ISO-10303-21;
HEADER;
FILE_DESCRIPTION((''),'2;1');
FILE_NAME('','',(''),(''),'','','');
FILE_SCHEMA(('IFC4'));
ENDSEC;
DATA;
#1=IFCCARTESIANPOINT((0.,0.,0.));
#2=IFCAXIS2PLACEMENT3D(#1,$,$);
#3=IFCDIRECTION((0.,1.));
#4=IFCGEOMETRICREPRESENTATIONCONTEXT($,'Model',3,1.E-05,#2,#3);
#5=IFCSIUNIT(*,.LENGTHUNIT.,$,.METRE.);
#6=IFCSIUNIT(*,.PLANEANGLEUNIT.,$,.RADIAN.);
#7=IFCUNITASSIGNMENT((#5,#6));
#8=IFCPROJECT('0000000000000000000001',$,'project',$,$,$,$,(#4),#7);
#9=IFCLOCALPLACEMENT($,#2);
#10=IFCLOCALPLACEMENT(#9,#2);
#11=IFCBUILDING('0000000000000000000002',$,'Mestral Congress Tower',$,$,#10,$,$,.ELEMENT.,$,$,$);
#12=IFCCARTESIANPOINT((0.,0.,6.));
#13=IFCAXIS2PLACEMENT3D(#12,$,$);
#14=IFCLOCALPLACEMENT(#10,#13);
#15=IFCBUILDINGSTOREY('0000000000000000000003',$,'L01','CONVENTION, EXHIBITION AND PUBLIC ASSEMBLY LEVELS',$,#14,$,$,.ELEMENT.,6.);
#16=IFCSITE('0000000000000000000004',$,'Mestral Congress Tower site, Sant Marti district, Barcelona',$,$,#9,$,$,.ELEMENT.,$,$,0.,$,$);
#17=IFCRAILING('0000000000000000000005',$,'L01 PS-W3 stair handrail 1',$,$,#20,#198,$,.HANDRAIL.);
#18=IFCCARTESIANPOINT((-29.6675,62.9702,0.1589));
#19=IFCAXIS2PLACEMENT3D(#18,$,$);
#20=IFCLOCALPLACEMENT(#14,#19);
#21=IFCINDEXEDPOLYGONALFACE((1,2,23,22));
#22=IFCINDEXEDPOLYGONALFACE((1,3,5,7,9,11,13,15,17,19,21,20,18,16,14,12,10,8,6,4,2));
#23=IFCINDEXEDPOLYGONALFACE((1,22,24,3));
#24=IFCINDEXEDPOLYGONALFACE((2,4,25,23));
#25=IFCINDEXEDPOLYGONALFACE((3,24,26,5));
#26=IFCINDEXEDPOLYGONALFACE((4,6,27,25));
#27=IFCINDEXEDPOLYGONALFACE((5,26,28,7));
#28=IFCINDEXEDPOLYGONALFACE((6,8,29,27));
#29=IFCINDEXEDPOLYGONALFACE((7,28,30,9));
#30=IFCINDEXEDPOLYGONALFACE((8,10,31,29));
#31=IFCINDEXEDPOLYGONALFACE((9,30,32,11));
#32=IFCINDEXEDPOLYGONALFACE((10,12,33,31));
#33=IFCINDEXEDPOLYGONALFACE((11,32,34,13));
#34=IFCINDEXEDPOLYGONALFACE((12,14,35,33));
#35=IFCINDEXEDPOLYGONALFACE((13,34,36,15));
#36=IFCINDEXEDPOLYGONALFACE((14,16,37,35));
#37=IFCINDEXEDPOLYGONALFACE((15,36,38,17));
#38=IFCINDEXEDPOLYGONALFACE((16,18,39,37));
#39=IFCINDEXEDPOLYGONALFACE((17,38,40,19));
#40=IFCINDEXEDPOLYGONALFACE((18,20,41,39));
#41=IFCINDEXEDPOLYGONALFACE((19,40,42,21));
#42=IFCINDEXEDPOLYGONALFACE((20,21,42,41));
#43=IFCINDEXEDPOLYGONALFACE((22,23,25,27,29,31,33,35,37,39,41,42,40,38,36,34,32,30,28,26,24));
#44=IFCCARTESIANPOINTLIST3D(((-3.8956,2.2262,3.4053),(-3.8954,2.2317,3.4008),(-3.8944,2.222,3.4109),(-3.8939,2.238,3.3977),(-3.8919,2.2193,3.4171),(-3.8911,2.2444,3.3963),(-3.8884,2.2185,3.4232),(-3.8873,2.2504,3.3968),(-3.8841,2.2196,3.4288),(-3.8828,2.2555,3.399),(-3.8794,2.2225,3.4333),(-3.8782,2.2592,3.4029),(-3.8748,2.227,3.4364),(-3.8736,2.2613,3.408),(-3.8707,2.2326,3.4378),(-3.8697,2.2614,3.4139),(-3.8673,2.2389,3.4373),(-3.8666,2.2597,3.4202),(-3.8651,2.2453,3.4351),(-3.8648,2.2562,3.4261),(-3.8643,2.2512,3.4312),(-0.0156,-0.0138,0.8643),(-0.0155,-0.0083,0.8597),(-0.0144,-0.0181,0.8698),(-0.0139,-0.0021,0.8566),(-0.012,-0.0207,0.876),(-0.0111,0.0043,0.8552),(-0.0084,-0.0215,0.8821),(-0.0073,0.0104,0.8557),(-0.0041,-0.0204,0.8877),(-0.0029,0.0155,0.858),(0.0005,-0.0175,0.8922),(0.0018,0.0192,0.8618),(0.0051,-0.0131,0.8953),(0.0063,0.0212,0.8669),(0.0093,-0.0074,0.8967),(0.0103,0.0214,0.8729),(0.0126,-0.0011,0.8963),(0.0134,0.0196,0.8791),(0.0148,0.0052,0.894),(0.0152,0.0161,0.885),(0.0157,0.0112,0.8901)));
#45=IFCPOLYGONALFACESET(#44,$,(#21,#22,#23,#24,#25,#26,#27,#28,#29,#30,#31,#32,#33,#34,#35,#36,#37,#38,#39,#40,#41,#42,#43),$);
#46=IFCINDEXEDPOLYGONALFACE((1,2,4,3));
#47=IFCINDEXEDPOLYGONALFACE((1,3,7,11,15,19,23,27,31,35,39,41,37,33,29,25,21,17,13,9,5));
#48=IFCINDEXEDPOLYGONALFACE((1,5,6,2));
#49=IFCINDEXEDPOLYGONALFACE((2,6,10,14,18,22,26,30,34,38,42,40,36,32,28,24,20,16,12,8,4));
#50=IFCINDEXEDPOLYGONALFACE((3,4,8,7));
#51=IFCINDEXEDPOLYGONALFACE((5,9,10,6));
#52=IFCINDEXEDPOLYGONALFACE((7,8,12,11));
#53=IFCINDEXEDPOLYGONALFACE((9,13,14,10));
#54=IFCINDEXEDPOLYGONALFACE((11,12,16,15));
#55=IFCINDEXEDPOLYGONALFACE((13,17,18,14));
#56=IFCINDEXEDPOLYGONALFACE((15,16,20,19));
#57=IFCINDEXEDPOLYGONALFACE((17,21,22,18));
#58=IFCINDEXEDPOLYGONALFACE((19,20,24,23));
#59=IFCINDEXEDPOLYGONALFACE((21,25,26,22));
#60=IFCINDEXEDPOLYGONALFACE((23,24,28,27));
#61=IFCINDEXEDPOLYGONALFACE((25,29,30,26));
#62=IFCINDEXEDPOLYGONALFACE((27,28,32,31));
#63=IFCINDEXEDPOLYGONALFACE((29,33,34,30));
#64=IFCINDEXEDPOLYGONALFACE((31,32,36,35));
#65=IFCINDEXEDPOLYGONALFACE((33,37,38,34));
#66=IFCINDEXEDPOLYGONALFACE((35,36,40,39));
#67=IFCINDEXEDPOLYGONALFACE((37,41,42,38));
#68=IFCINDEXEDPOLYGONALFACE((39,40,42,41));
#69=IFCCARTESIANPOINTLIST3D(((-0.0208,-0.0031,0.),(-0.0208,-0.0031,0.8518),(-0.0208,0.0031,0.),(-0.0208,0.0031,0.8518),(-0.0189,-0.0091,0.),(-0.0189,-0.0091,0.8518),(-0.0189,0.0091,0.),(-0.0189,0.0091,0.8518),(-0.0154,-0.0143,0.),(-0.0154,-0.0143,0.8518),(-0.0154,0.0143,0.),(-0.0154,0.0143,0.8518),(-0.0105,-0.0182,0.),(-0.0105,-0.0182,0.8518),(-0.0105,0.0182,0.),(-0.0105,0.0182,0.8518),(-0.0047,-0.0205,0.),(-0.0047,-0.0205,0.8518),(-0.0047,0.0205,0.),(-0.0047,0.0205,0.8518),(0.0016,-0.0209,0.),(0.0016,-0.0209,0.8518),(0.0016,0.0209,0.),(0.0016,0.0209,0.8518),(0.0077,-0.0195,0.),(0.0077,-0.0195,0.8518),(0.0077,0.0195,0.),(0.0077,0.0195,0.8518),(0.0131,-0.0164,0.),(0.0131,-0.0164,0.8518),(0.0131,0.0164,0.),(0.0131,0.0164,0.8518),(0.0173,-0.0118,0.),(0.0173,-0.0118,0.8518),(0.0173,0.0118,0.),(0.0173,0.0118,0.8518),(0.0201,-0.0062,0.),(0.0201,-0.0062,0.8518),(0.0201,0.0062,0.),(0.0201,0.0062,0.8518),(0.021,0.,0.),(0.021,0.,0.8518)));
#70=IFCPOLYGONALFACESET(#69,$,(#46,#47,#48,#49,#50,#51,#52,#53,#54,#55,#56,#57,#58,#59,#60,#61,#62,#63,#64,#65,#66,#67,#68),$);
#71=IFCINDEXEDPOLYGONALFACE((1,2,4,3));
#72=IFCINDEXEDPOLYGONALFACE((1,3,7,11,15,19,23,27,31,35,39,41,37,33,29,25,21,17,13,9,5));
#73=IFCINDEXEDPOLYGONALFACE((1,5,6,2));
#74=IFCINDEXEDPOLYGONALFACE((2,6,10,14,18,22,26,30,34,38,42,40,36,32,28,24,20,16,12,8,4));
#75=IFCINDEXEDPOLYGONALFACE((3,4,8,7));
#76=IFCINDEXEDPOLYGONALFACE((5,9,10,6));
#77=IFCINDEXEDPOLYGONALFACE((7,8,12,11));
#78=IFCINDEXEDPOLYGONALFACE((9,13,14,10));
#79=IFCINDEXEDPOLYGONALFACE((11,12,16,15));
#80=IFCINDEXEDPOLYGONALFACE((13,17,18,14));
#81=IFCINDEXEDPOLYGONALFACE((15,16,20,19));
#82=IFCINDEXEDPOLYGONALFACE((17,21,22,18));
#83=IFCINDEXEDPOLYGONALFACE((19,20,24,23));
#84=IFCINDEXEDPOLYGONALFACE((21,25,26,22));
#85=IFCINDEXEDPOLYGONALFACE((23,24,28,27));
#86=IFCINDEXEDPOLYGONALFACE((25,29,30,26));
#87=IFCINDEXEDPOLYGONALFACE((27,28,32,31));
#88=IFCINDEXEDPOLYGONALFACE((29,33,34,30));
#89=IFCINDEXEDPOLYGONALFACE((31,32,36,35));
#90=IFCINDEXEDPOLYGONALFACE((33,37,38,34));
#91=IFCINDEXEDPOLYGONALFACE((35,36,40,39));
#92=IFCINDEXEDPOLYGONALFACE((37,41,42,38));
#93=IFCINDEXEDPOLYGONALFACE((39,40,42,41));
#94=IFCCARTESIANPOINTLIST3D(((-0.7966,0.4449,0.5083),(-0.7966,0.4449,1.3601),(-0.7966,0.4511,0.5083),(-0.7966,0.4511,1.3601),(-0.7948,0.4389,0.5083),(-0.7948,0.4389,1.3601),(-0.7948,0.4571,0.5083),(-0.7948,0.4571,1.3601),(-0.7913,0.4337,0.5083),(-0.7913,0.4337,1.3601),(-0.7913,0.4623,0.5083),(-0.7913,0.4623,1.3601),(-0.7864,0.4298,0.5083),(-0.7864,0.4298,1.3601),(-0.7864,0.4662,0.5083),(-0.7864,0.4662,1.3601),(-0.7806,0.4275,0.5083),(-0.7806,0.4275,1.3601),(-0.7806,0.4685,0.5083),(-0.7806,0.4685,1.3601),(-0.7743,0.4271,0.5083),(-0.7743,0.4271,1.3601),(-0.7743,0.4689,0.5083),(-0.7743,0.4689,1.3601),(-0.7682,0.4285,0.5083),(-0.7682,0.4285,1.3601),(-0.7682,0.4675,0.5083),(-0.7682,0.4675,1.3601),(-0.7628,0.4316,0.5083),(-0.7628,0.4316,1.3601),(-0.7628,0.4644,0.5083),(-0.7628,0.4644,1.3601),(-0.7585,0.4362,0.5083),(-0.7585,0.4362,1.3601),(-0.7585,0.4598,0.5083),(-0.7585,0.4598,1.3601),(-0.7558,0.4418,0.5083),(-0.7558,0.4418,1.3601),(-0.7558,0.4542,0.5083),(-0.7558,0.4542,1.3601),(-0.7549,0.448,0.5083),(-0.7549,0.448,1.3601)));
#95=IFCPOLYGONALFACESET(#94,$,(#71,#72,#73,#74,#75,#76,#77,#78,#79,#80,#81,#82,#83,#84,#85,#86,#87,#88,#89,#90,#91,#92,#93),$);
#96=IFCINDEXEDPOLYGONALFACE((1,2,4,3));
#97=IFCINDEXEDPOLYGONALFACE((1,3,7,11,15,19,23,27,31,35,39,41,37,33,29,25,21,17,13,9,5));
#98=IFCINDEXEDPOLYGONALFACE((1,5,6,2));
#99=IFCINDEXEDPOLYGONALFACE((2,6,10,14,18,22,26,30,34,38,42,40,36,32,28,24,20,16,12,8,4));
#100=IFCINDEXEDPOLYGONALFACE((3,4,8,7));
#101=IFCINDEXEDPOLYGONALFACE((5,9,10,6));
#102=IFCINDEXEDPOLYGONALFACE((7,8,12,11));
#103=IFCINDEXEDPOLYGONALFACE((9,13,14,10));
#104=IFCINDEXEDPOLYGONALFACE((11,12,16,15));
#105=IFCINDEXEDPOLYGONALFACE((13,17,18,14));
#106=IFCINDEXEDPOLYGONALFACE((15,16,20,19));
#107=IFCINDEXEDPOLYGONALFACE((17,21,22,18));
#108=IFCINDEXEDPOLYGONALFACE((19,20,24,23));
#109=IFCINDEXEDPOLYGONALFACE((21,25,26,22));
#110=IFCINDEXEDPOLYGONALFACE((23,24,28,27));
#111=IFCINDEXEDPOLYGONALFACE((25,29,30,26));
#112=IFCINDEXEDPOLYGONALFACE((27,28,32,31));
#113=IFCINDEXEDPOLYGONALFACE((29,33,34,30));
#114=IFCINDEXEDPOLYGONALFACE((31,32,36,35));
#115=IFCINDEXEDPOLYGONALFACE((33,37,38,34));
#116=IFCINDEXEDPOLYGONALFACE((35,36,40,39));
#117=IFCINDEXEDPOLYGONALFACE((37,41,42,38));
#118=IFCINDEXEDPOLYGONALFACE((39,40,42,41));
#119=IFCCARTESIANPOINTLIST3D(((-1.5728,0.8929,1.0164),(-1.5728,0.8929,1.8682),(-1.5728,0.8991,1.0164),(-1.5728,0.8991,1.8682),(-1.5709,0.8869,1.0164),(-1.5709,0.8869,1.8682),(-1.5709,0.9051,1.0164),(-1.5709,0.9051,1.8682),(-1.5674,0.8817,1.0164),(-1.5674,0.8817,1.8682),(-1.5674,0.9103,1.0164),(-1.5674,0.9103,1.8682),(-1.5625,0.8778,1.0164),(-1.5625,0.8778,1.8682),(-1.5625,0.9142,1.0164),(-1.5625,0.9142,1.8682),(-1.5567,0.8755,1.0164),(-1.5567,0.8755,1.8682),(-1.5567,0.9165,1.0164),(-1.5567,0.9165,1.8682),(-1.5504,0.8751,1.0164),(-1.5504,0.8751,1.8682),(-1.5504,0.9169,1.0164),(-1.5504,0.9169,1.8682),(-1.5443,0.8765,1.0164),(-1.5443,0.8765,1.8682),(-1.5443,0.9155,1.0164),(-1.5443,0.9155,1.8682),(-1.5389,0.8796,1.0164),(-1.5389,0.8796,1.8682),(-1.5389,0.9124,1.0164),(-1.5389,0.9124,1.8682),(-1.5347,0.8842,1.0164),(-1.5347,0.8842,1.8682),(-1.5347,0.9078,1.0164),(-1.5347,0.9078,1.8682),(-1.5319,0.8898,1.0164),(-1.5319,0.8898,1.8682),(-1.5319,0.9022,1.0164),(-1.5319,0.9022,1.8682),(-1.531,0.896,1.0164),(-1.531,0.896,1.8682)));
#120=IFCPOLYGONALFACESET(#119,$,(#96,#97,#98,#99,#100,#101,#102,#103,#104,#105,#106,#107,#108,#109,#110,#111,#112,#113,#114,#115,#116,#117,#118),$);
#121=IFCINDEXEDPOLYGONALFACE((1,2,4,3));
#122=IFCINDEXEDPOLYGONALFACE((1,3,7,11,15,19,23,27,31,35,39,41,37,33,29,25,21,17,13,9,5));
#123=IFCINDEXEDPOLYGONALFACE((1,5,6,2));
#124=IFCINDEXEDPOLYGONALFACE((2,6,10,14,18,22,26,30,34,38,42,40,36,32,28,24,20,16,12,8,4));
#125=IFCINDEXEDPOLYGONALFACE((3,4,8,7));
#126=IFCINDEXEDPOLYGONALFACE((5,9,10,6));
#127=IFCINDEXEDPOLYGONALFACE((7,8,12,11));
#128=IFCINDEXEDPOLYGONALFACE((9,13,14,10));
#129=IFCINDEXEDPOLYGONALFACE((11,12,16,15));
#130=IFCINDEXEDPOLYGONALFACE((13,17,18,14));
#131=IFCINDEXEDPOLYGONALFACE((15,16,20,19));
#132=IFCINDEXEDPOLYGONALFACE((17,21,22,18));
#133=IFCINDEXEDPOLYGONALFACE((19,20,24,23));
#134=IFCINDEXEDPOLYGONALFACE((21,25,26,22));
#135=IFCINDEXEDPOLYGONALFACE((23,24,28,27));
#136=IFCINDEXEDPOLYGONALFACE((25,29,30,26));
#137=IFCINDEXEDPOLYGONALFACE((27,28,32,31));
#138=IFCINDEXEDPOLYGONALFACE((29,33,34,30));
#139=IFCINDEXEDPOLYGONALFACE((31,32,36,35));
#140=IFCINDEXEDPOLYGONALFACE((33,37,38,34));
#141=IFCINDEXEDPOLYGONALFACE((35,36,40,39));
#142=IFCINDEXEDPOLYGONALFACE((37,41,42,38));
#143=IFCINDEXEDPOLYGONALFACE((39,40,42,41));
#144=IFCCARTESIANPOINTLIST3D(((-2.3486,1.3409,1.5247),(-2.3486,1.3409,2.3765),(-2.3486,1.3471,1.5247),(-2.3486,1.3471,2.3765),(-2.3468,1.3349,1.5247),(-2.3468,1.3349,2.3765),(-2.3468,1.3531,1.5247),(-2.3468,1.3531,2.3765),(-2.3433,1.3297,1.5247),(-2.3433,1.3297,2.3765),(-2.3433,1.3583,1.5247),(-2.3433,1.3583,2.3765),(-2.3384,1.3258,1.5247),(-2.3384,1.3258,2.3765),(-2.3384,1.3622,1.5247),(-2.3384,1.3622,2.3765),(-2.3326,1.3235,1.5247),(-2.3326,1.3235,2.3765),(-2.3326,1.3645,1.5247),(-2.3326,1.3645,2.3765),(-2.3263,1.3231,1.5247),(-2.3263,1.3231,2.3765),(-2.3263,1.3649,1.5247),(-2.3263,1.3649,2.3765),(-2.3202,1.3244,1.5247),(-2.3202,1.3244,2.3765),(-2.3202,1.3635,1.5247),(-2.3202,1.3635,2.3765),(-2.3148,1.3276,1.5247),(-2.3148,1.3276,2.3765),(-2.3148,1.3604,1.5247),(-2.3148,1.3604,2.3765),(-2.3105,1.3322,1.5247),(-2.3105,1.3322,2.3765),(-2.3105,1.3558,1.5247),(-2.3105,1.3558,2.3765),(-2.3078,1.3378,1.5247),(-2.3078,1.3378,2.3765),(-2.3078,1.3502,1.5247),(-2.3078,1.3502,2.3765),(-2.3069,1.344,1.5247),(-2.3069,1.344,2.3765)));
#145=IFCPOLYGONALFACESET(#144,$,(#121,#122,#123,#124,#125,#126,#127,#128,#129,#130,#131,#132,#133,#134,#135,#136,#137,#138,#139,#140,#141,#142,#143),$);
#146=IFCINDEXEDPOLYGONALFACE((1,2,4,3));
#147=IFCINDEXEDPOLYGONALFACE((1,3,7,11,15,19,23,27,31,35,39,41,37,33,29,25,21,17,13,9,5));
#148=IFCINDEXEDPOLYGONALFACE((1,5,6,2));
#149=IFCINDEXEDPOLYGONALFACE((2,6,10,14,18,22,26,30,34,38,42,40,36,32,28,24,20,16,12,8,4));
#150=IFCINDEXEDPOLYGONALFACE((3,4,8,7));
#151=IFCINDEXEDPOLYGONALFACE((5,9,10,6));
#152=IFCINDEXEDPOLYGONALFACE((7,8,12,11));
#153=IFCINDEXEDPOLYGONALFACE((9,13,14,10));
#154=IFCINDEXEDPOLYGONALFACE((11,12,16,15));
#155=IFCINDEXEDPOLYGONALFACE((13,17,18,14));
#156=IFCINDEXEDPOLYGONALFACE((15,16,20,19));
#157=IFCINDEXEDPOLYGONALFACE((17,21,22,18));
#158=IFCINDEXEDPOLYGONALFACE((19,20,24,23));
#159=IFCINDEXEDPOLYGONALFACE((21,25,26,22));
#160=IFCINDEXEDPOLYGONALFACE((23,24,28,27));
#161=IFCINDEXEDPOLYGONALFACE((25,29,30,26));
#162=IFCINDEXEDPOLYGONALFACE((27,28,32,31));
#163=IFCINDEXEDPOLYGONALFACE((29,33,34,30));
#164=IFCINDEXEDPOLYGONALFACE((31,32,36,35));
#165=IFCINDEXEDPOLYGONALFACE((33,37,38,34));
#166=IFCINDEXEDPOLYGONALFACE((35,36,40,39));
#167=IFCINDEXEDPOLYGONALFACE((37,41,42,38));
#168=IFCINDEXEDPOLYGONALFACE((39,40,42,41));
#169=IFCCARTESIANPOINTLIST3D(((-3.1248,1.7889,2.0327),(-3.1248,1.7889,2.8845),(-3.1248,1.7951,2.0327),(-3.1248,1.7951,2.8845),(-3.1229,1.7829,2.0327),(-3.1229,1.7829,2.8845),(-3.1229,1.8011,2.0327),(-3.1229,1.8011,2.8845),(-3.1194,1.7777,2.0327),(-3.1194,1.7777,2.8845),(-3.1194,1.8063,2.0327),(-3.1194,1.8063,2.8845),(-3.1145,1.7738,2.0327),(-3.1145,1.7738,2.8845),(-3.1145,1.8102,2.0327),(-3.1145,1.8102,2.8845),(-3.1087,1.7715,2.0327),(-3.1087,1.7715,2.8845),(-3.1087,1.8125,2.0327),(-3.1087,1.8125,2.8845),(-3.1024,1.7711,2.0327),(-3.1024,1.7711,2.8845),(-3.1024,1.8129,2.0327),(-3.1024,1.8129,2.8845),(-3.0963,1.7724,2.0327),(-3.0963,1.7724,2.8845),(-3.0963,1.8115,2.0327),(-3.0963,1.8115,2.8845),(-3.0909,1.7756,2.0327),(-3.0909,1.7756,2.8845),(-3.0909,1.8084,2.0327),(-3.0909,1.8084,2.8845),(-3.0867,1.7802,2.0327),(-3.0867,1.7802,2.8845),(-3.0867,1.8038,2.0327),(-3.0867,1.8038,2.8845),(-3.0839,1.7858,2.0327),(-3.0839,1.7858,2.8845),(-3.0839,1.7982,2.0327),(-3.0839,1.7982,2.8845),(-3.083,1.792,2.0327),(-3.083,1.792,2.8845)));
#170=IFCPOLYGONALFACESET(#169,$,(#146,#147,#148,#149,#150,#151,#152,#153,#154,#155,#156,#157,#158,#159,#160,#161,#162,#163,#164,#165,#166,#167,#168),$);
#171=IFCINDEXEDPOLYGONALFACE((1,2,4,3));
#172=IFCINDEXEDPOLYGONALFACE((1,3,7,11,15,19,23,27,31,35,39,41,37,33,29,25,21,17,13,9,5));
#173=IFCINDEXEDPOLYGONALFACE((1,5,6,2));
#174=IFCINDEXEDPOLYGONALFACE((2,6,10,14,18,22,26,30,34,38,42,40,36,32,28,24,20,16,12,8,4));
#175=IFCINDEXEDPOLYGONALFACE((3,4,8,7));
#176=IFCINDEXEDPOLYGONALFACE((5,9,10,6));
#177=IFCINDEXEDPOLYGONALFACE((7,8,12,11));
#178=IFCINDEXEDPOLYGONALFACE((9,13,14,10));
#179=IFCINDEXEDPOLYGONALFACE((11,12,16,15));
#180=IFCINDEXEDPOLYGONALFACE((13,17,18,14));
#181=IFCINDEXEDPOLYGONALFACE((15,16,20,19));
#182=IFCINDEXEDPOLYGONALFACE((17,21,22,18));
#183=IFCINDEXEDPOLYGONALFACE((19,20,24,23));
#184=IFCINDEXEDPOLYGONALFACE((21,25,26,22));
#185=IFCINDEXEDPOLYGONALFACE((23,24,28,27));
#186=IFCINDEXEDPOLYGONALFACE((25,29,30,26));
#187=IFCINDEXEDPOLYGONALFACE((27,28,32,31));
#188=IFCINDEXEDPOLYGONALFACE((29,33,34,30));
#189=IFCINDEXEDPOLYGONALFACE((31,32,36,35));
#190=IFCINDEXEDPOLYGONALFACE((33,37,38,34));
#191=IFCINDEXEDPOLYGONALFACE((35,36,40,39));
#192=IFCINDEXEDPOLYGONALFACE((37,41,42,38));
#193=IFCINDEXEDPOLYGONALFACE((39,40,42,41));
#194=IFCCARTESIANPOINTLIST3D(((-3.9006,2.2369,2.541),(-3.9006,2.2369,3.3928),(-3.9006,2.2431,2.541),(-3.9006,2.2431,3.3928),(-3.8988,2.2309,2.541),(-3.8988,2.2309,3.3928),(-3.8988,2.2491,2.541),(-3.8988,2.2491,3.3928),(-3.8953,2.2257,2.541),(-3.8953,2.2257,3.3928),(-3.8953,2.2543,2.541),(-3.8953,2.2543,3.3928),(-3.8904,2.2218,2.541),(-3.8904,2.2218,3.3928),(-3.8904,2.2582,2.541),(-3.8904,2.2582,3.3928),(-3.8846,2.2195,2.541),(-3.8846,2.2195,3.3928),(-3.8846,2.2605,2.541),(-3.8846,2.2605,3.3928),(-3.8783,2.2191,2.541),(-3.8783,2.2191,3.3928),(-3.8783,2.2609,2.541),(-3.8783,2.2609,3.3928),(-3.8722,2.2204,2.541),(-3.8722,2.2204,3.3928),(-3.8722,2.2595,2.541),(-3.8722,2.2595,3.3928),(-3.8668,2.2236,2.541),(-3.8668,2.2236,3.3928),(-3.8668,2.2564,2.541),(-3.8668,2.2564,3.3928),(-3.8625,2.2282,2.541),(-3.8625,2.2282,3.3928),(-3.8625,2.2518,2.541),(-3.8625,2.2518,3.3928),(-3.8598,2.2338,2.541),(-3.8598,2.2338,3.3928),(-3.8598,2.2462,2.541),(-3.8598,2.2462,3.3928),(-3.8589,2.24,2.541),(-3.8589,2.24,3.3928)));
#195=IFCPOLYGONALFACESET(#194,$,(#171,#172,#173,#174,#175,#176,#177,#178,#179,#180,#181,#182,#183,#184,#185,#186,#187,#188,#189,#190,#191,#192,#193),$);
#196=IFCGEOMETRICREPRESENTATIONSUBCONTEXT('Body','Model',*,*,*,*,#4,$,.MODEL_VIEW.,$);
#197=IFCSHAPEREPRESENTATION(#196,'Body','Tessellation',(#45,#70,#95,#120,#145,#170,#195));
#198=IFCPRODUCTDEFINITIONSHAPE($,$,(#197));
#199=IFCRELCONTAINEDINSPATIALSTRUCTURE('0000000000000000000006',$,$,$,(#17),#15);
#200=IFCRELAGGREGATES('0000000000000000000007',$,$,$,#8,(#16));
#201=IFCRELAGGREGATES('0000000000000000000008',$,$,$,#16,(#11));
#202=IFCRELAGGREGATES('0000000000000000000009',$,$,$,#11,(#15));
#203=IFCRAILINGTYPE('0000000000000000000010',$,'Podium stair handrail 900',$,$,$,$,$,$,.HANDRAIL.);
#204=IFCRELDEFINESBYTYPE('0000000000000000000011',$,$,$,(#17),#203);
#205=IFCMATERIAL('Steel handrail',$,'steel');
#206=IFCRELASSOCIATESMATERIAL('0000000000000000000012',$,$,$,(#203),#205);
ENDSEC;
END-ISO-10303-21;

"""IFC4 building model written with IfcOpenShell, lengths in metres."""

from ifc_helpers import new_model, si_unit, direction, frame, origin, origin_2d, place, context, subcontext, project, spatial, circle, extrude, material, type_object, element, save


model = new_model("IFC4")

# Units and contexts
model_context = context("Model", 3, precision=1e-05, world=origin(), true_north=direction((0.0, 1.0)))
body_context = subcontext(model_context, "Body", "Model", "MODEL_VIEW")
ifc_project = project(units=[si_unit("LENGTHUNIT", "METRE"), si_unit("PLANEANGLEUNIT", "RADIAN")], contexts=[model_context])

# Site, building, storey
site_placement = place(None, origin())
site = spatial("IfcSite", under=ifc_project, at=site_placement, Name="Mestral Congress Tower site, Sant Marti district, Barcelona", CompositionType="ELEMENT", RefElevation=0.0)
building_placement = place(site_placement, origin())
building = spatial("IfcBuilding", under=site, at=building_placement, Name="Mestral Congress Tower", CompositionType="ELEMENT")
storey_placement = place(building_placement, frame((0.0, 0.0, 6.0)))
storey = spatial("IfcBuildingStorey", under=building, at=storey_placement, Name="L01", Description="CONVENTION, EXHIBITION AND PUBLIC ASSEMBLY LEVELS", CompositionType="ELEMENT", Elevation=6.0)

# Railing
ifc_material_1 = material(Name="Steel handrail", Category="steel")
railing_type_1 = type_object("IfcRailingType", Name="Podium stair handrail 900", PredefinedType="HANDRAIL", material=ifc_material_1)
railing_1_placement = place(storey_placement, frame((-29.6675, 62.9702, 0.1589)))
element("IfcRailing", 1, at=railing_1_placement, inside=storey, type_object=railing_type_1, Name="L01 PS-W3 stair handrail 1", PredefinedType="HANDRAIL", context=body_context, shape_type="SweptSolid", body=[
    extrude(circle(Radius=0.0239, at=origin_2d()), frame((0.0, 0.0, 0.876), z_axis=(-0.7533, 0.434906, 0.493352), x_axis=(-0.49999, -0.866031, 0.0)), (0.0, 0.0, 1.0), 5.1506),
    extrude(circle(Radius=0.021, at=origin_2d()), origin(), (0.0, 0.0, 1.0), 0.8518),
    extrude(circle(Radius=0.021, at=origin_2d()), frame((-0.7759, 0.448, 0.5083)), (0.0, 0.0, 1.0), 0.8518),
    extrude(circle(Radius=0.021, at=origin_2d()), frame((-1.552, 0.896, 1.0164)), (0.0, 0.0, 1.0), 0.8518),
    extrude(circle(Radius=0.021, at=origin_2d()), frame((-2.3279, 1.344, 1.5247)), (0.0, 0.0, 1.0), 0.8518),
    extrude(circle(Radius=0.021, at=origin_2d()), frame((-3.104, 1.792, 2.0327)), (0.0, 0.0, 1.0), 0.8518),
    extrude(circle(Radius=0.021, at=origin_2d()), frame((-3.8799, 2.24, 2.541)), (0.0, 0.0, 1.0), 0.8518),
])

save(model, "model.ifc")
